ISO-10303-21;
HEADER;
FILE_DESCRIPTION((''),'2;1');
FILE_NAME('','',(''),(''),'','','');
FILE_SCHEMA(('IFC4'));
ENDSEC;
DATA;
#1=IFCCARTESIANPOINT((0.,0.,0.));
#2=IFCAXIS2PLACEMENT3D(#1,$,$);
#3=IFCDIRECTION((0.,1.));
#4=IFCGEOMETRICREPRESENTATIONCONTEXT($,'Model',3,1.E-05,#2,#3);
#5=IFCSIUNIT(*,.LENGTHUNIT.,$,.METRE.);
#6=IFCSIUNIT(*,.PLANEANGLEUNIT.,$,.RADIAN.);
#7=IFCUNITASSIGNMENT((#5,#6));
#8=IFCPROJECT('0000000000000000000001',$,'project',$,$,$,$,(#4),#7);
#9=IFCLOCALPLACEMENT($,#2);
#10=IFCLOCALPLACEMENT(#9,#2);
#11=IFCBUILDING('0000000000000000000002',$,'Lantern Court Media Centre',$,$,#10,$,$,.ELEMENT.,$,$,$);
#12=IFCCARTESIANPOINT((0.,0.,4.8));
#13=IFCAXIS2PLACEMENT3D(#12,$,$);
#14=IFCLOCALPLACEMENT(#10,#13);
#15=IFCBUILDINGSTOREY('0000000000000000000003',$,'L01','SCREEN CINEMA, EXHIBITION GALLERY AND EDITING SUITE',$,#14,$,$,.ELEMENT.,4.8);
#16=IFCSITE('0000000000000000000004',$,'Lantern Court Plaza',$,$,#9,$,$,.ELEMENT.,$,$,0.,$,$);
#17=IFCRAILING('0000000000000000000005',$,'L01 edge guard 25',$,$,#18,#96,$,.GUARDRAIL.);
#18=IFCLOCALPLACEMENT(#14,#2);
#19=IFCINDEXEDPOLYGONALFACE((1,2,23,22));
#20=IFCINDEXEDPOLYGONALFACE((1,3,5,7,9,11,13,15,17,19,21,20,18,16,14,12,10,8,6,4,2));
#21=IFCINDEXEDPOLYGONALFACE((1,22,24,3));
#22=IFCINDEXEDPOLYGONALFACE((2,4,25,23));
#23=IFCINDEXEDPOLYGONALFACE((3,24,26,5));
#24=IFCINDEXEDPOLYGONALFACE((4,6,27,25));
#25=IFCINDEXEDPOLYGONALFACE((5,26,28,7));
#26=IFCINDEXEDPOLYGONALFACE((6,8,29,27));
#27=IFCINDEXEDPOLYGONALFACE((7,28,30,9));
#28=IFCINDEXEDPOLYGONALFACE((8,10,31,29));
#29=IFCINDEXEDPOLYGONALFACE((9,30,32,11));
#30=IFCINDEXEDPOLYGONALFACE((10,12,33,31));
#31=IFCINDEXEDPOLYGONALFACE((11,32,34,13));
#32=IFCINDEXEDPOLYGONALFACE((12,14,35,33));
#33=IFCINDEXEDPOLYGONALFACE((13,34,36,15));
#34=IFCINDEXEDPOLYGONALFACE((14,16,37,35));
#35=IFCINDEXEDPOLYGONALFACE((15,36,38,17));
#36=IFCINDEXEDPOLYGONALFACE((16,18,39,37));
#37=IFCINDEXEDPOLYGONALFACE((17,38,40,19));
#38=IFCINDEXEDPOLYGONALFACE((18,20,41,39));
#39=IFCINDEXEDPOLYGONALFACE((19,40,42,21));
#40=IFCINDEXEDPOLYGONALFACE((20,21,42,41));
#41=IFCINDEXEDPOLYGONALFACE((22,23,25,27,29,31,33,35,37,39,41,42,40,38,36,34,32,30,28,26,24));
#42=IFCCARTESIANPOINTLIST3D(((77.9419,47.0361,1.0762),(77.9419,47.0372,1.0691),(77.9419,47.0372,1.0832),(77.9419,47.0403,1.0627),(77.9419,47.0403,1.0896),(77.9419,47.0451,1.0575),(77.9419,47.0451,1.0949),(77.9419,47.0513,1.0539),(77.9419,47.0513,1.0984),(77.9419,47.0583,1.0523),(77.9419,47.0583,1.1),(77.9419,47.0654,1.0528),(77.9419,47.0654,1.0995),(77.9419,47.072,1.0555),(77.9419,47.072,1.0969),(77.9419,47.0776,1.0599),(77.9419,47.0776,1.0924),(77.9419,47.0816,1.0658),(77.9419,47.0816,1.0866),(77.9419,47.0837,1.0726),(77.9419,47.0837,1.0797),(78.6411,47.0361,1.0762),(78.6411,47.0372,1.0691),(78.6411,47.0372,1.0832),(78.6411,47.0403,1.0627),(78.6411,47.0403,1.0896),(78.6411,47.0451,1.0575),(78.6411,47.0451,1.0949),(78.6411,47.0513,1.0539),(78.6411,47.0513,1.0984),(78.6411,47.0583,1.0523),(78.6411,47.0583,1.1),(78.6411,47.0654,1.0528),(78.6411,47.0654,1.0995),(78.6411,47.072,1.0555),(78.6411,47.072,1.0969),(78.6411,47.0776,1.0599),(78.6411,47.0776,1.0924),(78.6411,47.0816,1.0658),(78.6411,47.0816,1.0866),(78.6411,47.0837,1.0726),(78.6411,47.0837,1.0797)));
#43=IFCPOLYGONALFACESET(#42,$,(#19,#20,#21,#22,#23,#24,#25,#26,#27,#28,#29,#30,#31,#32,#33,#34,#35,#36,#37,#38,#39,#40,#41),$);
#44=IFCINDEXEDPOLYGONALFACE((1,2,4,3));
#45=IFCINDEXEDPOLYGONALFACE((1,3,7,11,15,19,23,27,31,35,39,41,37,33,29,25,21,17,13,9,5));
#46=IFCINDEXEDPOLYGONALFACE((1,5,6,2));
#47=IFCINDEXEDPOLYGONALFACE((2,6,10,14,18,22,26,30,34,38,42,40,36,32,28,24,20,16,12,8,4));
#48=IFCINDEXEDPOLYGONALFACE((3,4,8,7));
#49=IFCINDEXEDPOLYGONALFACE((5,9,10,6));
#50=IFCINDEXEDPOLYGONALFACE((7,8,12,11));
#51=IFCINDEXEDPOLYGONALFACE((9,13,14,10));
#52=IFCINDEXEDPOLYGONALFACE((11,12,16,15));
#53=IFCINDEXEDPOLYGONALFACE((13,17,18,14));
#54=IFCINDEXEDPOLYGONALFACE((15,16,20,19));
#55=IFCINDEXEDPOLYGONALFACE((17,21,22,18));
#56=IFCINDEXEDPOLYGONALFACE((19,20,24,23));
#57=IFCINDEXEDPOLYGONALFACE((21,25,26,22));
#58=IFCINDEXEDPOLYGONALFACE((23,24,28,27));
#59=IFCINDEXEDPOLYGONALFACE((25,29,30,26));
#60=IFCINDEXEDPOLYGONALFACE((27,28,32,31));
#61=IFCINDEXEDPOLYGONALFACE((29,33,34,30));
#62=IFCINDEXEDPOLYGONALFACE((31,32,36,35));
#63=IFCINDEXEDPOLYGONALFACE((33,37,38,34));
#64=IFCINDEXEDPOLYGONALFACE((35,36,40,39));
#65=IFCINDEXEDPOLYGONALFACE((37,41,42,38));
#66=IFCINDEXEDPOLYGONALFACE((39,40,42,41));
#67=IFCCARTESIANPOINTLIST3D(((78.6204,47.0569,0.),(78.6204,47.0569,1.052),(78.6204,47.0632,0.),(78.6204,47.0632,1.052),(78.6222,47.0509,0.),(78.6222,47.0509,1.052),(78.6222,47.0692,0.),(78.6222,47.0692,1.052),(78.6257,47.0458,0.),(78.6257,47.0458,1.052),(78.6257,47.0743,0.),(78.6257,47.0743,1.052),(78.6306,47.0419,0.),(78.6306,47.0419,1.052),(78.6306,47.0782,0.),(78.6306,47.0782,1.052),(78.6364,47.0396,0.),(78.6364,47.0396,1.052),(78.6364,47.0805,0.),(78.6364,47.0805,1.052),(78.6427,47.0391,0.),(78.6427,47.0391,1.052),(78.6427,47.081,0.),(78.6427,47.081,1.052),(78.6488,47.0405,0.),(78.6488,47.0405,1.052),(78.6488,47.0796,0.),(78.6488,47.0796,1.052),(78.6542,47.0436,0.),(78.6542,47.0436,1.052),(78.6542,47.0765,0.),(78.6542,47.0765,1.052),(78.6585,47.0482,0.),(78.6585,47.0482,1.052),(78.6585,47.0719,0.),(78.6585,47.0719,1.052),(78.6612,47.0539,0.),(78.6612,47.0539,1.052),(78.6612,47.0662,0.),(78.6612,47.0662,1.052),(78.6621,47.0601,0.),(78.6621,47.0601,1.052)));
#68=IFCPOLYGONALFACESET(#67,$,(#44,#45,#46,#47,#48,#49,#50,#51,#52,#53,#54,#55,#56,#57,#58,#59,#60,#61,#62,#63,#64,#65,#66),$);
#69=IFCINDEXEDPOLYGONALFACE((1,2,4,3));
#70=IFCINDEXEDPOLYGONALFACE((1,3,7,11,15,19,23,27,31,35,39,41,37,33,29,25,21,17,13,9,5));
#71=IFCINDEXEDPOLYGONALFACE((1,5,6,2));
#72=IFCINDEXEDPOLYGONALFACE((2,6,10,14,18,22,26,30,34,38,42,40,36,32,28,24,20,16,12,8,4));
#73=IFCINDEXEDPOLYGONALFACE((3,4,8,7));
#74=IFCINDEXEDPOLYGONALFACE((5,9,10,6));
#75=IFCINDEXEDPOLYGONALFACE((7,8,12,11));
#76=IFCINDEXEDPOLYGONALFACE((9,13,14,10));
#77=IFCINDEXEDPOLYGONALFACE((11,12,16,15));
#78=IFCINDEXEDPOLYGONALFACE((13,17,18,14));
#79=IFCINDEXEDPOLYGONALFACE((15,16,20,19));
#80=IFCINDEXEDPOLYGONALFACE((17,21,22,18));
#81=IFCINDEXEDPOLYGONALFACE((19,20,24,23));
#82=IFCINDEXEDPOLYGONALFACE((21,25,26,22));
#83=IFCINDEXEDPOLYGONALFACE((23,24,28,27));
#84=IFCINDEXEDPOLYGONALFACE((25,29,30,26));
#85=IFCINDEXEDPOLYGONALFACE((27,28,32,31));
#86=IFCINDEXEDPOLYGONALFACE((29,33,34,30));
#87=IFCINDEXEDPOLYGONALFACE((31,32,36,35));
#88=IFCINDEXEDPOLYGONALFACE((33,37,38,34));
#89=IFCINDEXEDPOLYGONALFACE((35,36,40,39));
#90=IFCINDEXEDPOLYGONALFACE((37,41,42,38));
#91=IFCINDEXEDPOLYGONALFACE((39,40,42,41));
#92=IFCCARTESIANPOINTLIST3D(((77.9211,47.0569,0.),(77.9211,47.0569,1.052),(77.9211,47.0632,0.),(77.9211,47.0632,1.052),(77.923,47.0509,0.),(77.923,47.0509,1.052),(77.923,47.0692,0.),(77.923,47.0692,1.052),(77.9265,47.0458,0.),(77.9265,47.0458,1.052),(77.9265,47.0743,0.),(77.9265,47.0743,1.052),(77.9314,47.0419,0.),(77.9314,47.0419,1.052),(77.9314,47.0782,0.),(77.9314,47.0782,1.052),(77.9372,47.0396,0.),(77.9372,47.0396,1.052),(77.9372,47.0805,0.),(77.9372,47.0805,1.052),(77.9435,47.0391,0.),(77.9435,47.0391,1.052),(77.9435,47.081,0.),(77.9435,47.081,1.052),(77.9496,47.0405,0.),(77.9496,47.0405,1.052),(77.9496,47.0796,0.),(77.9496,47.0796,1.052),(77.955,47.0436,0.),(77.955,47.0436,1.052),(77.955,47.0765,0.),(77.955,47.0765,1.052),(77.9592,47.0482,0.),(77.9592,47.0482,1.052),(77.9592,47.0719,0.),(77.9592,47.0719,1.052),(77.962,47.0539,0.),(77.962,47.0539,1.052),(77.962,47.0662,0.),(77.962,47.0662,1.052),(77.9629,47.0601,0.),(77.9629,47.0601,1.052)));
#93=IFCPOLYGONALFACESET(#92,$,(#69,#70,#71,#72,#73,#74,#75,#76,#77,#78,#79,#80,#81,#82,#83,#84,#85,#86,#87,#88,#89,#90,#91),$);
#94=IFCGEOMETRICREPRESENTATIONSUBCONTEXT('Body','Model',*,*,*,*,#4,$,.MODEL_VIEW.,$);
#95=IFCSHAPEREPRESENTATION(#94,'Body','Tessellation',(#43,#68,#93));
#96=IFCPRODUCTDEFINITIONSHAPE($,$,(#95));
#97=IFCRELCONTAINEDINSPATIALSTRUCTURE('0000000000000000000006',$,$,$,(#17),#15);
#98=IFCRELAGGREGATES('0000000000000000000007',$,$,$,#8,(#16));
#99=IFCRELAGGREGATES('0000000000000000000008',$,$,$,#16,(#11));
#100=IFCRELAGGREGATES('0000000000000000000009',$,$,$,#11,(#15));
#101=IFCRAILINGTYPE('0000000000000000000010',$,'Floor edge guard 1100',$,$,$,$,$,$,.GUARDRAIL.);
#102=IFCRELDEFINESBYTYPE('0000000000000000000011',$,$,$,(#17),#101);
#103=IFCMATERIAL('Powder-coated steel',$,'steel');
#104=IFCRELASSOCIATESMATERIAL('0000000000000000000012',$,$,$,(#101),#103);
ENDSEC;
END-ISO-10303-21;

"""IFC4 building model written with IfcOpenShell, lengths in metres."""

from ifc_helpers import new_model, si_unit, direction, frame, origin, origin_2d, place, context, subcontext, project, spatial, circle, extrude, material, type_object, element, save


model = new_model("IFC4")

# Units and contexts
model_context = context("Model", 3, precision=1e-05, world=origin(), true_north=direction((0.0, 1.0)))
body_context = subcontext(model_context, "Body", "Model", "MODEL_VIEW")
ifc_project = project(units=[si_unit("LENGTHUNIT", "METRE"), si_unit("PLANEANGLEUNIT", "RADIAN")], contexts=[model_context])

# Site, building, storey
site_placement = place(None, origin())
site = spatial("IfcSite", under=ifc_project, at=site_placement, Name="Lantern Court Plaza", CompositionType="ELEMENT", RefElevation=0.0)
building_placement = place(site_placement, origin())
building = spatial("IfcBuilding", under=site, at=building_placement, Name="Lantern Court Media Centre", CompositionType="ELEMENT")
storey_placement = place(building_placement, frame((0.0, 0.0, 4.8)))
storey = spatial("IfcBuildingStorey", under=building, at=storey_placement, Name="L01", Description="SCREEN CINEMA, EXHIBITION GALLERY AND EDITING SUITE", CompositionType="ELEMENT", Elevation=4.8)

# Railing
ifc_material_1 = material(Name="Powder-coated steel", Category="steel")
railing_type_1 = type_object("IfcRailingType", Name="Floor edge guard 1100", PredefinedType="GUARDRAIL", material=ifc_material_1)
railing_1_placement = place(storey_placement, frame((78.6411, 47.0601, 0.0)))
element("IfcRailing", 1, at=railing_1_placement, inside=storey, type_object=railing_type_1, Name="L01 edge guard 25", PredefinedType="GUARDRAIL", context=body_context, shape_type="SweptSolid", body=[
    extrude(circle(Radius=0.0239, at=origin_2d()), frame((0.0, 0.0, 1.0762), z_axis=(-1.0, 0.0, 0.0), x_axis=(0.0, -1.0, 0.0)), (0.0, 0.0, 1.0), 0.6992),
    extrude(circle(Radius=0.021, at=origin_2d()), origin(), (0.0, 0.0, 1.0), 1.052),
    extrude(circle(Radius=0.021, at=origin_2d()), frame((-0.6992, 0.0, 0.0)), (0.0, 0.0, 1.0), 1.052),
])

save(model, "model.ifc")
